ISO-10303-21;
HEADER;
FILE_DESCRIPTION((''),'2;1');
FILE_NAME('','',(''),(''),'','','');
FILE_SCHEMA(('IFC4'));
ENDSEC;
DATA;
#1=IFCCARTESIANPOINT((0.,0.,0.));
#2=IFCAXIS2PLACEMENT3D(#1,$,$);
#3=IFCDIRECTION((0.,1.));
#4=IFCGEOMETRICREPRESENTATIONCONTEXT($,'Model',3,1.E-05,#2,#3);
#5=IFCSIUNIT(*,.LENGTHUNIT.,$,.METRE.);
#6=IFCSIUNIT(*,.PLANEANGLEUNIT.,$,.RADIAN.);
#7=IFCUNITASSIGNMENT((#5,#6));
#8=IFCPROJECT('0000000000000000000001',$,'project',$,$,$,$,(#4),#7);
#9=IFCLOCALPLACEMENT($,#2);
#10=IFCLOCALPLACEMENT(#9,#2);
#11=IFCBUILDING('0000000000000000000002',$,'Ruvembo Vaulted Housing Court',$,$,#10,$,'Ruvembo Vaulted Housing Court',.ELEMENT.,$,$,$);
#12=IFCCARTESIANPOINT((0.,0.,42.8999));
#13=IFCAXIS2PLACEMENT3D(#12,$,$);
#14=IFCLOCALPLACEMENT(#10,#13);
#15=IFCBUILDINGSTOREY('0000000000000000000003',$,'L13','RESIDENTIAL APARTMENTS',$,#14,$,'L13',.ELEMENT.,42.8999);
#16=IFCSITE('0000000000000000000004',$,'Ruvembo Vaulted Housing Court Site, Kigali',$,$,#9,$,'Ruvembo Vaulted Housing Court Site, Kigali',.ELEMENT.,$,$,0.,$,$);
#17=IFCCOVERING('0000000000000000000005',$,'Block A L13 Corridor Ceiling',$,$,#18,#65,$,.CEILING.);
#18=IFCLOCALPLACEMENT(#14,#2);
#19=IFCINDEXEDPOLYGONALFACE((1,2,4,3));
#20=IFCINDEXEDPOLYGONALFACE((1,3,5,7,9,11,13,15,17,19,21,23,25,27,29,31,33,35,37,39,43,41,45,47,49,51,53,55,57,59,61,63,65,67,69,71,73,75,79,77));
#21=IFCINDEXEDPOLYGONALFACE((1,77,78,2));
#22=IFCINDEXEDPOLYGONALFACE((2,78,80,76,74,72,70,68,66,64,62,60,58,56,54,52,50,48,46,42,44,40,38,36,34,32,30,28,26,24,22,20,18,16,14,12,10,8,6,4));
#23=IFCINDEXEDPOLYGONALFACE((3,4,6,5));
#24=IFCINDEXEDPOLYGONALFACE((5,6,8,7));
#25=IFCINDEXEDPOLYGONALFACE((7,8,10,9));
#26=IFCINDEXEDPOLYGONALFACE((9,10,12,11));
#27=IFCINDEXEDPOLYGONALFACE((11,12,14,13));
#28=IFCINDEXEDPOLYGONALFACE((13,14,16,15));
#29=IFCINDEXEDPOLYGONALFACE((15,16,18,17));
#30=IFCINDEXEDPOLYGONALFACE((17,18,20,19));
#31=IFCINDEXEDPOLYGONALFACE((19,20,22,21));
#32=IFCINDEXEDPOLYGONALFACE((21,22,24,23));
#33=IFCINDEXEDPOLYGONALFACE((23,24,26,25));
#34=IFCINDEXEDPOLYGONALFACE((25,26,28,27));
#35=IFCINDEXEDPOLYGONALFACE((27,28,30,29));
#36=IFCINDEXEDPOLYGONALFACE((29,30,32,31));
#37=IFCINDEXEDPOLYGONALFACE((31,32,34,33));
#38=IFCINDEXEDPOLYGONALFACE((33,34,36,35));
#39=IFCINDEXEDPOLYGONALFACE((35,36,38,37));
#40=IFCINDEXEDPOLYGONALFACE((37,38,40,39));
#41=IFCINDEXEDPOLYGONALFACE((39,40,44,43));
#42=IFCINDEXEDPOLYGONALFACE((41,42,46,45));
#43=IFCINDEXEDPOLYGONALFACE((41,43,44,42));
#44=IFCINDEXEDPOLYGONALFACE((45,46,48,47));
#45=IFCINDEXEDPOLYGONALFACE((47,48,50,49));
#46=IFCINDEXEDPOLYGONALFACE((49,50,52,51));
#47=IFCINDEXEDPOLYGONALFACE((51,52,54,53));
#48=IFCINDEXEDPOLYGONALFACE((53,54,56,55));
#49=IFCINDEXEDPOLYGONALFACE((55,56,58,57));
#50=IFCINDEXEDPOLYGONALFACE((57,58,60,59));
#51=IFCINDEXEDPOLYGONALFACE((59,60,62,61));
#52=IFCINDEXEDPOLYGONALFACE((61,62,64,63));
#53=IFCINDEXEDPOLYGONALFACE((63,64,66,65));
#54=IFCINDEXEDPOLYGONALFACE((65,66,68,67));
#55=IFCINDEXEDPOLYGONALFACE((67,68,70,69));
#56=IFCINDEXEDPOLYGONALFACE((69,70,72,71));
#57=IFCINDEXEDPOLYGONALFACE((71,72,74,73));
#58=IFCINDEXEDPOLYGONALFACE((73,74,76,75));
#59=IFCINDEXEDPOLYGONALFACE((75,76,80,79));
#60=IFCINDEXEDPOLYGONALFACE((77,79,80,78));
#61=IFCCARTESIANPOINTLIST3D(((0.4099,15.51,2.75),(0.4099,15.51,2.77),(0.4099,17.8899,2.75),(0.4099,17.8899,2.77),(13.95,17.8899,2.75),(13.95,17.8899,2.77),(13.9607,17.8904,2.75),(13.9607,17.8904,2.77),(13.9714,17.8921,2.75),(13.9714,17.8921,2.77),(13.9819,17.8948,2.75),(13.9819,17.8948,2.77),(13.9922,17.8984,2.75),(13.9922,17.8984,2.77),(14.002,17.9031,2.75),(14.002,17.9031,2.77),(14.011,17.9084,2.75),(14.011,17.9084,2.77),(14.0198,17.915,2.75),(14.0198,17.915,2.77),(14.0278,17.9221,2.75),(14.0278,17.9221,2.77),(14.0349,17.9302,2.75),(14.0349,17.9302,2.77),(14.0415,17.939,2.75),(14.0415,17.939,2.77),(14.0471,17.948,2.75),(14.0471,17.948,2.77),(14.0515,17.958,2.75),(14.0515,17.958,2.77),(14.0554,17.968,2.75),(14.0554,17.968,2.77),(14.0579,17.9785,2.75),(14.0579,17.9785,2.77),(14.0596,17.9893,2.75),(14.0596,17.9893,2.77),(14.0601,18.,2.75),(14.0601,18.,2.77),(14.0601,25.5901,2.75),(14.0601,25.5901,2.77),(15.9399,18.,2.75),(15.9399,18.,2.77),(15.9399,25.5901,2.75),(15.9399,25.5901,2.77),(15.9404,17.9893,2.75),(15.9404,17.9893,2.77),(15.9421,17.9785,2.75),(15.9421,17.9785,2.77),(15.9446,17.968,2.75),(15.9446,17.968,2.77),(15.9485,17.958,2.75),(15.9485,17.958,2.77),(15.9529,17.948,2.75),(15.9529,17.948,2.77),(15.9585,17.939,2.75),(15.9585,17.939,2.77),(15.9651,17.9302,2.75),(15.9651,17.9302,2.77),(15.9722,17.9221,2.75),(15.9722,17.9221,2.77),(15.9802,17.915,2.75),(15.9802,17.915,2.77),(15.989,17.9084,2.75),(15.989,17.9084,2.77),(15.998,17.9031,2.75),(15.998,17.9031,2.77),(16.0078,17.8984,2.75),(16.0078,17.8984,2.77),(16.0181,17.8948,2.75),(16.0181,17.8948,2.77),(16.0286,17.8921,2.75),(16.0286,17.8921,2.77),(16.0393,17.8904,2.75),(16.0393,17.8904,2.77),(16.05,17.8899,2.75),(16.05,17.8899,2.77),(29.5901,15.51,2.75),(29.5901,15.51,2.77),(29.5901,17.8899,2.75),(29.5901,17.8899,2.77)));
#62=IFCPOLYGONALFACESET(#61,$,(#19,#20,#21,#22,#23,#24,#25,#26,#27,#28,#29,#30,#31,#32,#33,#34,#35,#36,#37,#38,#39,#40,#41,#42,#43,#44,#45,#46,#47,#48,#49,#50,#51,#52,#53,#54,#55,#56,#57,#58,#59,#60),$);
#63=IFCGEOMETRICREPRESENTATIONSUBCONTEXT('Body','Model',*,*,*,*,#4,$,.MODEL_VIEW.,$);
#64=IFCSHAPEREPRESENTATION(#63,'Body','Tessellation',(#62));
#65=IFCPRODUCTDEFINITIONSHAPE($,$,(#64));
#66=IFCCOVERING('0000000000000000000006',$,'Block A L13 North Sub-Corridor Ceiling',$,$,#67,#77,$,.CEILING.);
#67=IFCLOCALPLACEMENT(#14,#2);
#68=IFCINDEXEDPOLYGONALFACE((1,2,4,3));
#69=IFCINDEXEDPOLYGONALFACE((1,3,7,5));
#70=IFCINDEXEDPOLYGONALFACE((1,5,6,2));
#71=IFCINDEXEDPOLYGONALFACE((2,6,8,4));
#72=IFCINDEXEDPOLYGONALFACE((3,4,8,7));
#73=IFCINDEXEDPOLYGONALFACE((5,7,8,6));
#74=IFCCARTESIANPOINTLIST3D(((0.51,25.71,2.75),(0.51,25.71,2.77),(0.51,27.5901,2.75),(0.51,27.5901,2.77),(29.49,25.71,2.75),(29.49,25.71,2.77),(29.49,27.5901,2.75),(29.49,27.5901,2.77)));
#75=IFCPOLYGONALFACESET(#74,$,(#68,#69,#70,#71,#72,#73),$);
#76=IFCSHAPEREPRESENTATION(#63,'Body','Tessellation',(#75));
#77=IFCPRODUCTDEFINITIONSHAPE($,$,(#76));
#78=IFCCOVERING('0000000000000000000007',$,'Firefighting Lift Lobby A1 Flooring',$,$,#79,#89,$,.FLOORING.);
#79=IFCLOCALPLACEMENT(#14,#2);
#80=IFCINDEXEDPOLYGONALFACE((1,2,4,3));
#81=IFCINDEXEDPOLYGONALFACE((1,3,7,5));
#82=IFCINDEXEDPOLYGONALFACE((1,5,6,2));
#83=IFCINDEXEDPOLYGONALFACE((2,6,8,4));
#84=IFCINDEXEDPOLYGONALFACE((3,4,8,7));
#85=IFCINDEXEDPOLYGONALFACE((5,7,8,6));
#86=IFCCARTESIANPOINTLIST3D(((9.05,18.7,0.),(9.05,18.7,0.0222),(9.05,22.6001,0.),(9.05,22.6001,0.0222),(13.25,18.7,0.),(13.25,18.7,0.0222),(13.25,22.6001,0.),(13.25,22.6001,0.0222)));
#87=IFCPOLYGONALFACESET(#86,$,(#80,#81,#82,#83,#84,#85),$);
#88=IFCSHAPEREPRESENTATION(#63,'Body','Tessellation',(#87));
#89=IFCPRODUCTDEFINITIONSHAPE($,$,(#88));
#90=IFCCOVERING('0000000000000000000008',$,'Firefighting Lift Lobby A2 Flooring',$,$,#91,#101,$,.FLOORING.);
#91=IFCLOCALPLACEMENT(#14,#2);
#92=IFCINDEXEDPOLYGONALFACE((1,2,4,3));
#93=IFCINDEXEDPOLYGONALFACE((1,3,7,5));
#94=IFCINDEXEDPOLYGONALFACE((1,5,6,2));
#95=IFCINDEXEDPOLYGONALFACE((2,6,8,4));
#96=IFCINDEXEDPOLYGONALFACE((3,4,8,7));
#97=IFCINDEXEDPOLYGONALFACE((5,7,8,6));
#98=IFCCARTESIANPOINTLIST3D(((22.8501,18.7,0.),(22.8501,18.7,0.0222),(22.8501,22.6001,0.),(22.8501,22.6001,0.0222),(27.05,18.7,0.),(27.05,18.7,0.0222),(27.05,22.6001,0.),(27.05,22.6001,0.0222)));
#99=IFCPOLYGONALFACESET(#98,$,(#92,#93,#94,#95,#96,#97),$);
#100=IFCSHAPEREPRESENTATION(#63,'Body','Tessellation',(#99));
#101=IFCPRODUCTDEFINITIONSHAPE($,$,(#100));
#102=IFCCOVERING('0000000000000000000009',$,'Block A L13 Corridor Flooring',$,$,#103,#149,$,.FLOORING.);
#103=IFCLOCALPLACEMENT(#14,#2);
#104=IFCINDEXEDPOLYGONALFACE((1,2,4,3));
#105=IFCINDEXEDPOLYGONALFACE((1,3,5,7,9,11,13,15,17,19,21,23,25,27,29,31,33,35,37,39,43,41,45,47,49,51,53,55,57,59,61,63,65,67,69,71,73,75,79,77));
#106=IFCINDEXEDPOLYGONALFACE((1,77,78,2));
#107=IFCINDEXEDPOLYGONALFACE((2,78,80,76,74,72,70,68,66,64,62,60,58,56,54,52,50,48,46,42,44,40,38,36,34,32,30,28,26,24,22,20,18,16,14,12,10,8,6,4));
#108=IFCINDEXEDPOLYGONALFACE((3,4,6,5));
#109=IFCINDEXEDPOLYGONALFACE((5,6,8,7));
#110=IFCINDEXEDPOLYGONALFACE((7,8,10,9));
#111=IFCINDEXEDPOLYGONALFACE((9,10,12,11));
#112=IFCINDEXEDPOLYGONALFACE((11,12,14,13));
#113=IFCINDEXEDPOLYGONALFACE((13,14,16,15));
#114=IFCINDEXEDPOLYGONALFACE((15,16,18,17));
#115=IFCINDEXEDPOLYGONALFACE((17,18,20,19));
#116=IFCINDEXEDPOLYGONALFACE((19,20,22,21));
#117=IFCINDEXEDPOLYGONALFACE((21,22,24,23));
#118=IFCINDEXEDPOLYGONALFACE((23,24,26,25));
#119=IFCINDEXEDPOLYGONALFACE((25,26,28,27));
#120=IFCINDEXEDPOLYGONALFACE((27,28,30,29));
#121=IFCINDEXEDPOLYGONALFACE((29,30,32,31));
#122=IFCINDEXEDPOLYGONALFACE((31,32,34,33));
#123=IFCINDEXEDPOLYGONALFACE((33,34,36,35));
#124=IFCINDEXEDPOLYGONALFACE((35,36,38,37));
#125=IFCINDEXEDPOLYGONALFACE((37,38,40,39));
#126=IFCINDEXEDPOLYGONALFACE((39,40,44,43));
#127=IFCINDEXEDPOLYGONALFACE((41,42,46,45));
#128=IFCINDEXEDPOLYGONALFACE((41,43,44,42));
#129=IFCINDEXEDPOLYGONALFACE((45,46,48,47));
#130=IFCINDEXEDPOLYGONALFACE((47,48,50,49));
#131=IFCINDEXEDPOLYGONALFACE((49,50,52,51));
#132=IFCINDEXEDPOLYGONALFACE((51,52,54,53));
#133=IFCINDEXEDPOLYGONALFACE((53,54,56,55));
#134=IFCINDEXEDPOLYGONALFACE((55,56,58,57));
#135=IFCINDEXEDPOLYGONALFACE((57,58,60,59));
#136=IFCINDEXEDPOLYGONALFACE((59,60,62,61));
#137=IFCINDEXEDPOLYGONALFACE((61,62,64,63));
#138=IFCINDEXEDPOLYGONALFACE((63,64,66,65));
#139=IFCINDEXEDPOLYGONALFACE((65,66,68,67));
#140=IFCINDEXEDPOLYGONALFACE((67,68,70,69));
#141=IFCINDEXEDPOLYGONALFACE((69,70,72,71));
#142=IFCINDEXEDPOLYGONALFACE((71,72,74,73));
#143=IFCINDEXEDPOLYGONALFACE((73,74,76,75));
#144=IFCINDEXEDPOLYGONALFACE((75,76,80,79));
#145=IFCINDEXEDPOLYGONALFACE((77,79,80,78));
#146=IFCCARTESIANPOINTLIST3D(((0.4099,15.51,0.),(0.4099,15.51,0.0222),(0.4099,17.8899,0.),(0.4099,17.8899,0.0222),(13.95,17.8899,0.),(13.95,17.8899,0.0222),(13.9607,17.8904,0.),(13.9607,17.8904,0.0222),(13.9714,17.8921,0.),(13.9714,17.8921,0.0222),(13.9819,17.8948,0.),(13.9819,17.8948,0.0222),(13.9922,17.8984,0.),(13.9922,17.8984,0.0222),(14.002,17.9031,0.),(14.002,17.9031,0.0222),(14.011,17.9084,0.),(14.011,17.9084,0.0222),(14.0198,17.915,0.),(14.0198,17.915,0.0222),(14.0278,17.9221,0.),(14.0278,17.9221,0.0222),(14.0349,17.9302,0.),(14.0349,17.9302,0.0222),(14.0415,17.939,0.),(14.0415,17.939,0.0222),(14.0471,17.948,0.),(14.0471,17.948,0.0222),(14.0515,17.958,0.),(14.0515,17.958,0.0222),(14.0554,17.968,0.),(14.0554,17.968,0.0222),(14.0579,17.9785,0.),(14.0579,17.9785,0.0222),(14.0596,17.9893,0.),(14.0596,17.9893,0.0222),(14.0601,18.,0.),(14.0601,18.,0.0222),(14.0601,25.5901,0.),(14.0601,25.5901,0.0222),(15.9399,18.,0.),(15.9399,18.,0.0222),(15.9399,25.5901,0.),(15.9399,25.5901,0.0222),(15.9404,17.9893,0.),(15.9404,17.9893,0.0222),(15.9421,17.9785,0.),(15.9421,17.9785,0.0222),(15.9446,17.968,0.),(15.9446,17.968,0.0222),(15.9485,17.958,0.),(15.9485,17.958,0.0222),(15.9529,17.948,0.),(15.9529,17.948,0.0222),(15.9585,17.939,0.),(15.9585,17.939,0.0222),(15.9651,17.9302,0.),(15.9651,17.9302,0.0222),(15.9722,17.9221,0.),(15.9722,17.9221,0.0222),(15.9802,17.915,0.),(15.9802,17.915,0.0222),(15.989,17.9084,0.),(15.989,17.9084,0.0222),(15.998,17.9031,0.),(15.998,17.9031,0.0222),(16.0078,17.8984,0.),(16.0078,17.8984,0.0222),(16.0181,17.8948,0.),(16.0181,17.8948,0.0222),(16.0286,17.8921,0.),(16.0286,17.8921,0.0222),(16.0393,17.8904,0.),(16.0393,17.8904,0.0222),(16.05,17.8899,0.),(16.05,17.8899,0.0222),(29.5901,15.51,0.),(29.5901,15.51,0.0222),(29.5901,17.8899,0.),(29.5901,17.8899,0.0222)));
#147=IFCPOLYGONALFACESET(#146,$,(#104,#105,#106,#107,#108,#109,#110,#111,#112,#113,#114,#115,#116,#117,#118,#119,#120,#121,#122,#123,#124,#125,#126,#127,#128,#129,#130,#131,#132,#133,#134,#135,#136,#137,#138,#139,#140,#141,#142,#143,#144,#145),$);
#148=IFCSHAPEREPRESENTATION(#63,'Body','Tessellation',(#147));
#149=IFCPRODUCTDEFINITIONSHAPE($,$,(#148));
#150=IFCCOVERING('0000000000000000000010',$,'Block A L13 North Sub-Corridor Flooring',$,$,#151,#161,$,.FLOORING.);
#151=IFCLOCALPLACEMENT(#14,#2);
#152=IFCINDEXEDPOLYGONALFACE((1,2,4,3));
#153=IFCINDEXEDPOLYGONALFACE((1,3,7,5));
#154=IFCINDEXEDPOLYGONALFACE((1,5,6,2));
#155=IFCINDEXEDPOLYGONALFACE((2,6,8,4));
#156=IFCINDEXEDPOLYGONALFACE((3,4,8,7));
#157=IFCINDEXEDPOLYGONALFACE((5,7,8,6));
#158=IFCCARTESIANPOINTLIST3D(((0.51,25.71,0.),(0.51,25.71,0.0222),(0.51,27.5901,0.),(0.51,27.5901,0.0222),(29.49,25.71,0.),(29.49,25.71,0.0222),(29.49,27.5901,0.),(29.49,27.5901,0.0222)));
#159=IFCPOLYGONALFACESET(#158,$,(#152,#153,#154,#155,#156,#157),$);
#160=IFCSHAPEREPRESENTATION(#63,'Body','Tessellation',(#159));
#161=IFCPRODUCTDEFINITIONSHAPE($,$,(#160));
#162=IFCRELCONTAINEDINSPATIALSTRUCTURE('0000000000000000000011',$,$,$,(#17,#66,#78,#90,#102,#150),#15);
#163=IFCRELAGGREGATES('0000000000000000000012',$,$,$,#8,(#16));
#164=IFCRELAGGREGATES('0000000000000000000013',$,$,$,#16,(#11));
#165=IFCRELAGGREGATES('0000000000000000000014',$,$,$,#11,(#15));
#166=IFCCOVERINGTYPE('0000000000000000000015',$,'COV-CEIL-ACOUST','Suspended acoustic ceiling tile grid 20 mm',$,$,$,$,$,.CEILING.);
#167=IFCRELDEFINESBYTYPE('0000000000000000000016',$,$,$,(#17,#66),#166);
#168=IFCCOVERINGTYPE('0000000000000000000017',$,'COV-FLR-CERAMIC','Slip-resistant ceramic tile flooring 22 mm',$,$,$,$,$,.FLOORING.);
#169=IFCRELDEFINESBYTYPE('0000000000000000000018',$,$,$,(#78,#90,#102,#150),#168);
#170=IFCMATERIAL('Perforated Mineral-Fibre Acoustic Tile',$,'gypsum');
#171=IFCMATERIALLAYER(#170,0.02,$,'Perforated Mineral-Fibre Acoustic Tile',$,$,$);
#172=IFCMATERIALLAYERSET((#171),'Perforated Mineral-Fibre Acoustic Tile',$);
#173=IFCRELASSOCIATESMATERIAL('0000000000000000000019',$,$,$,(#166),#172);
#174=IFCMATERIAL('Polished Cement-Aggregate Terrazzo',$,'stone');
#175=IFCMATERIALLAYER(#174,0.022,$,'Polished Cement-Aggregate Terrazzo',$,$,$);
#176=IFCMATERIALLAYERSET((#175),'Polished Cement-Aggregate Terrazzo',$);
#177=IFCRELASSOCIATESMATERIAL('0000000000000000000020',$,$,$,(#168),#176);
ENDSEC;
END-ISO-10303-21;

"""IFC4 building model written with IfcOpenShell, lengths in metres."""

from ifc_helpers import new_model, si_unit, direction, frame, origin, place, context, subcontext, project, spatial, polyline, outline, extrude, material, layer, layer_set, type_object, element, save


model = new_model("IFC4")

# Units and contexts
model_context = context("Model", 3, precision=1e-05, world=origin(), true_north=direction((0.0, 1.0)))
body_context = subcontext(model_context, "Body", "Model", "MODEL_VIEW")
ifc_project = project(units=[si_unit("LENGTHUNIT", "METRE"), si_unit("PLANEANGLEUNIT", "RADIAN")], contexts=[model_context])

# Site, building, storey
site_placement = place(None, origin())
site = spatial("IfcSite", under=ifc_project, at=site_placement, Name="Ruvembo Vaulted Housing Court Site, Kigali", LongName="Ruvembo Vaulted Housing Court Site, Kigali", CompositionType="ELEMENT", RefElevation=0.0)
building_placement = place(site_placement, origin())
building = spatial("IfcBuilding", under=site, at=building_placement, Name="Ruvembo Vaulted Housing Court", LongName="Ruvembo Vaulted Housing Court", CompositionType="ELEMENT")
storey_placement = place(building_placement, frame((0.0, 0.0, 42.8999)))
storey = spatial("IfcBuildingStorey", under=building, at=storey_placement, Name="L13", Description="RESIDENTIAL APARTMENTS", LongName="L13", CompositionType="ELEMENT", Elevation=42.8999)

# Coverings
ifc_material_1 = material(Name="Perforated Mineral-Fibre Acoustic Tile", Category="gypsum")
ifc_layer_1 = layer(ifc_material_1, 0.02, Name="Perforated Mineral-Fibre Acoustic Tile")
ifc_layer_set_1 = layer_set([ifc_layer_1], Name="Perforated Mineral-Fibre Acoustic Tile")
covering_type_1 = type_object("IfcCoveringType", Name="COV-CEIL-ACOUST", Description="Suspended acoustic ceiling tile grid 20 mm", PredefinedType="CEILING", material=ifc_layer_set_1)
covering_1_placement = place(storey_placement, frame((0.0, 0.0, 2.75)))
element("IfcCovering", 1, at=covering_1_placement, inside=storey, type_object=covering_type_1, Name="Block A L13 Corridor Ceiling", PredefinedType="CEILING", context=body_context, shape_type="SweptSolid", body=[
    extrude(outline(polyline([(29.5901, 15.51), (29.5901, 17.8899), (16.05, 17.8899), (16.0393, 17.8904), (16.0286, 17.8921), (16.0181, 17.8948), (16.0078, 17.8984), (15.998, 17.9031), (15.989, 17.9084), (15.9802, 17.915), (15.9722, 17.9221), (15.9651, 17.9302), (15.9585, 17.939), (15.9529, 17.948), (15.9485, 17.958), (15.9446, 17.968), (15.9421, 17.9785), (15.9404, 17.9893), (15.9399, 18.0), (15.9399, 25.5901), (14.0601, 25.5901), (14.0601, 18.0), (14.0596, 17.9893), (14.0579, 17.9785), (14.0554, 17.968), (14.0515, 17.958), (14.0471, 17.948), (14.0415, 17.939), (14.0349, 17.9302), (14.0278, 17.9221), (14.0198, 17.915), (14.011, 17.9084), (14.002, 17.9031), (13.9922, 17.8984), (13.9819, 17.8948), (13.9714, 17.8921), (13.9607, 17.8904), (13.95, 17.8899), (0.4099, 17.8899), (0.4099, 15.51), (29.5901, 15.51)])), origin(), (0.0, 0.0, 1.0), 0.02),
])
covering_2_placement = place(storey_placement, frame((0.0, 0.0, 2.75)))
element("IfcCovering", 2, at=covering_2_placement, inside=storey, type_object=covering_type_1, Name="Block A L13 North Sub-Corridor Ceiling", PredefinedType="CEILING", context=body_context, shape_type="SweptSolid", body=[
    extrude(outline(polyline([(0.51, 25.71), (29.49, 25.71), (29.49, 27.5901), (0.51, 27.5901), (0.51, 25.71)])), origin(), (0.0, 0.0, 1.0), 0.02),
])
ifc_material_2 = material(Name="Polished Cement-Aggregate Terrazzo", Category="stone")
ifc_layer_2 = layer(ifc_material_2, 0.022, Name="Polished Cement-Aggregate Terrazzo")
ifc_layer_set_2 = layer_set([ifc_layer_2], Name="Polished Cement-Aggregate Terrazzo")
covering_type_2 = type_object("IfcCoveringType", Name="COV-FLR-CERAMIC", Description="Slip-resistant ceramic tile flooring 22 mm", PredefinedType="FLOORING", material=ifc_layer_set_2)
covering_3_placement = place(storey_placement, origin())
element("IfcCovering", 3, at=covering_3_placement, inside=storey, type_object=covering_type_2, Name="Firefighting Lift Lobby A1 Flooring", PredefinedType="FLOORING", context=body_context, shape_type="SweptSolid", body=[
    extrude(outline(polyline([(13.25, 22.6001), (9.05, 22.6001), (9.05, 18.7), (13.25, 18.7), (13.25, 22.6001)])), origin(), (0.0, 0.0, 1.0), 0.0222),
])
covering_4_placement = place(storey_placement, origin())
element("IfcCovering", 4, at=covering_4_placement, inside=storey, type_object=covering_type_2, Name="Firefighting Lift Lobby A2 Flooring", PredefinedType="FLOORING", context=body_context, shape_type="SweptSolid", body=[
    extrude(outline(polyline([(27.05, 22.6001), (22.8501, 22.6001), (22.8501, 18.7), (27.05, 18.7), (27.05, 22.6001)])), origin(), (0.0, 0.0, 1.0), 0.0222),
])
covering_5_placement = place(storey_placement, origin())
element("IfcCovering", 5, at=covering_5_placement, inside=storey, type_object=covering_type_2, Name="Block A L13 Corridor Flooring", PredefinedType="FLOORING", context=body_context, shape_type="SweptSolid", body=[
    extrude(outline(polyline([(29.5901, 15.51), (29.5901, 17.8899), (16.05, 17.8899), (16.0393, 17.8904), (16.0286, 17.8921), (16.0181, 17.8948), (16.0078, 17.8984), (15.998, 17.9031), (15.989, 17.9084), (15.9802, 17.915), (15.9722, 17.9221), (15.9651, 17.9302), (15.9585, 17.939), (15.9529, 17.948), (15.9485, 17.958), (15.9446, 17.968), (15.9421, 17.9785), (15.9404, 17.9893), (15.9399, 18.0), (15.9399, 25.5901), (14.0601, 25.5901), (14.0601, 18.0), (14.0596, 17.9893), (14.0579, 17.9785), (14.0554, 17.968), (14.0515, 17.958), (14.0471, 17.948), (14.0415, 17.939), (14.0349, 17.9302), (14.0278, 17.9221), (14.0198, 17.915), (14.011, 17.9084), (14.002, 17.9031), (13.9922, 17.8984), (13.9819, 17.8948), (13.9714, 17.8921), (13.9607, 17.8904), (13.95, 17.8899), (0.4099, 17.8899), (0.4099, 15.51), (29.5901, 15.51)])), origin(), (0.0, 0.0, 1.0), 0.0222),
])
covering_6_placement = place(storey_placement, origin())
element("IfcCovering", 6, at=covering_6_placement, inside=storey, type_object=covering_type_2, Name="Block A L13 North Sub-Corridor Flooring", PredefinedType="FLOORING", context=body_context, shape_type="SweptSolid", body=[
    extrude(outline(polyline([(0.51, 25.71), (29.49, 25.71), (29.49, 27.5901), (0.51, 27.5901), (0.51, 25.71)])), origin(), (0.0, 0.0, 1.0), 0.0222),
])

save(model, "model.ifc")
